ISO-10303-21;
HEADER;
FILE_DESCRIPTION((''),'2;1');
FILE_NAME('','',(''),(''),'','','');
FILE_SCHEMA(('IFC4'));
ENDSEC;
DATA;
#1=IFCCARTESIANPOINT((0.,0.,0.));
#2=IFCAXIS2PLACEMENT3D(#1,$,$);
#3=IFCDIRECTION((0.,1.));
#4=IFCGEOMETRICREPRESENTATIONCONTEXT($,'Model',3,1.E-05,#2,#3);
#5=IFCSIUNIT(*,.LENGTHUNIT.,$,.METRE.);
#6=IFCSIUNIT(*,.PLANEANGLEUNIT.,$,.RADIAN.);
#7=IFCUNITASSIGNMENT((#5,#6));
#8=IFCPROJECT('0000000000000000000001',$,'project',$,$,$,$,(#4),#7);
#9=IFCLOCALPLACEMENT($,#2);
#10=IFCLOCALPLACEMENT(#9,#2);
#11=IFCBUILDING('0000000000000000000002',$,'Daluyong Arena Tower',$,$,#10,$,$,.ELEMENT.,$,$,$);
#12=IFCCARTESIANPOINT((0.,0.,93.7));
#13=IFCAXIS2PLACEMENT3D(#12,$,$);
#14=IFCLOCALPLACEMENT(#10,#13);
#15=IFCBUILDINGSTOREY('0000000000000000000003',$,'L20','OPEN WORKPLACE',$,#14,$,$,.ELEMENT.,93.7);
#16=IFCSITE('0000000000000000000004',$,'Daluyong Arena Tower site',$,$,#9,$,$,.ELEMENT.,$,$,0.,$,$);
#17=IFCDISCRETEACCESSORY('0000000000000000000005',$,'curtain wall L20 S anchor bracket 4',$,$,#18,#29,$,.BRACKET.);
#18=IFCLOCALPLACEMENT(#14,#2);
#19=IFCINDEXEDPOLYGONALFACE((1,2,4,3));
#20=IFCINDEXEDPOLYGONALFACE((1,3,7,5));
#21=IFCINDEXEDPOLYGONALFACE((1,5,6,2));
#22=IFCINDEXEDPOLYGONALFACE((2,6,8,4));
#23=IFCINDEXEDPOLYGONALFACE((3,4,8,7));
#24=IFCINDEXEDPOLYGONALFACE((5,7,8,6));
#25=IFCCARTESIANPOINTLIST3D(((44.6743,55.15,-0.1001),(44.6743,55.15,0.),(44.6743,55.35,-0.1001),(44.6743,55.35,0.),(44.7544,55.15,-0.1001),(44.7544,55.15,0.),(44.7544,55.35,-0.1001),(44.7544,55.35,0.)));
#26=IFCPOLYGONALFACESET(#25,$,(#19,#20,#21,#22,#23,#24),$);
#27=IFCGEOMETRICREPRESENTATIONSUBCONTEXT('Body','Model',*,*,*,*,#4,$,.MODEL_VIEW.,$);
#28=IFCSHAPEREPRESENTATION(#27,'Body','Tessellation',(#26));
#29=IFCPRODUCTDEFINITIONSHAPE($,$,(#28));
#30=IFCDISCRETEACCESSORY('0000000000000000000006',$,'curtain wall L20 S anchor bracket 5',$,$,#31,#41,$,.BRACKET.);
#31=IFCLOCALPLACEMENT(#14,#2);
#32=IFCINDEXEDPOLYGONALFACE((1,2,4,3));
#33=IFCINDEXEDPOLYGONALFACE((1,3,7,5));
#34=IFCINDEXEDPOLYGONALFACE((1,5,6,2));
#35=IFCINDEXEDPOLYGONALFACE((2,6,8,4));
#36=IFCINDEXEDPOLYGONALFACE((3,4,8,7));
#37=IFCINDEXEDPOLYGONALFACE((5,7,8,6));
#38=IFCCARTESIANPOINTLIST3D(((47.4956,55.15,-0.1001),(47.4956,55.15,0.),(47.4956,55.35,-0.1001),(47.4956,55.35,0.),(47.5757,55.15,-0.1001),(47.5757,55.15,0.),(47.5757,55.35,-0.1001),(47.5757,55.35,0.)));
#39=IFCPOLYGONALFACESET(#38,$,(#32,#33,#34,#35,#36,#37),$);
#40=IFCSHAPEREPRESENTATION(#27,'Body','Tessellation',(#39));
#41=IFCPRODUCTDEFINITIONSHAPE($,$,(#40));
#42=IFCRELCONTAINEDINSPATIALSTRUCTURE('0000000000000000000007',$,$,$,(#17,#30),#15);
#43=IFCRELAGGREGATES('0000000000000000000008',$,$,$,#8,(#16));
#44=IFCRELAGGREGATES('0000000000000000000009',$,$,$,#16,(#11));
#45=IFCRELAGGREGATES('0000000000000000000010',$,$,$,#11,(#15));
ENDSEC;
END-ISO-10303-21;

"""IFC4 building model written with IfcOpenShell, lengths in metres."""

from ifc_helpers import new_model, si_unit, direction, frame, origin, origin_2d, place, context, subcontext, project, spatial, rectangle, extrude, element, save


model = new_model("IFC4")

# Units and contexts
model_context = context("Model", 3, precision=1e-05, world=origin(), true_north=direction((0.0, 1.0)))
body_context = subcontext(model_context, "Body", "Model", "MODEL_VIEW")
ifc_project = project(units=[si_unit("LENGTHUNIT", "METRE"), si_unit("PLANEANGLEUNIT", "RADIAN")], contexts=[model_context])

# Site, building, storey
site_placement = place(None, origin())
site = spatial("IfcSite", under=ifc_project, at=site_placement, Name="Daluyong Arena Tower site", CompositionType="ELEMENT", RefElevation=0.0)
building_placement = place(site_placement, origin())
building = spatial("IfcBuilding", under=site, at=building_placement, Name="Daluyong Arena Tower", CompositionType="ELEMENT")
storey_placement = place(building_placement, frame((0.0, 0.0, 93.7)))
storey = spatial("IfcBuildingStorey", under=building, at=storey_placement, Name="L20", Description="OPEN WORKPLACE", CompositionType="ELEMENT", Elevation=93.7)

# Discrete accessories
for number, where, z_axis, x_axis, name in (
    (1, (44.7144, 55.25, -0.1001), (0.0, 0.0, 1.0), (1.0, 0.0, 0.0), "curtain wall L20 S anchor bracket 4"),
    (2, (47.5356, 55.25, -0.1001), (0.0, 0.0, 1.0), (1.0, 0.0, 0.0), "curtain wall L20 S anchor bracket 5"),
):
    element("IfcDiscreteAccessory", number, at=place(storey_placement, frame(where, z_axis=z_axis, x_axis=x_axis)), inside=storey, Name=name, PredefinedType="BRACKET", context=body_context, shape_type="SweptSolid", body=[
        extrude(rectangle(XDim=0.0801, YDim=0.2, at=origin_2d()), origin(), (0.0, 0.0, 1.0), 0.1001),
    ])

save(model, "model.ifc")
